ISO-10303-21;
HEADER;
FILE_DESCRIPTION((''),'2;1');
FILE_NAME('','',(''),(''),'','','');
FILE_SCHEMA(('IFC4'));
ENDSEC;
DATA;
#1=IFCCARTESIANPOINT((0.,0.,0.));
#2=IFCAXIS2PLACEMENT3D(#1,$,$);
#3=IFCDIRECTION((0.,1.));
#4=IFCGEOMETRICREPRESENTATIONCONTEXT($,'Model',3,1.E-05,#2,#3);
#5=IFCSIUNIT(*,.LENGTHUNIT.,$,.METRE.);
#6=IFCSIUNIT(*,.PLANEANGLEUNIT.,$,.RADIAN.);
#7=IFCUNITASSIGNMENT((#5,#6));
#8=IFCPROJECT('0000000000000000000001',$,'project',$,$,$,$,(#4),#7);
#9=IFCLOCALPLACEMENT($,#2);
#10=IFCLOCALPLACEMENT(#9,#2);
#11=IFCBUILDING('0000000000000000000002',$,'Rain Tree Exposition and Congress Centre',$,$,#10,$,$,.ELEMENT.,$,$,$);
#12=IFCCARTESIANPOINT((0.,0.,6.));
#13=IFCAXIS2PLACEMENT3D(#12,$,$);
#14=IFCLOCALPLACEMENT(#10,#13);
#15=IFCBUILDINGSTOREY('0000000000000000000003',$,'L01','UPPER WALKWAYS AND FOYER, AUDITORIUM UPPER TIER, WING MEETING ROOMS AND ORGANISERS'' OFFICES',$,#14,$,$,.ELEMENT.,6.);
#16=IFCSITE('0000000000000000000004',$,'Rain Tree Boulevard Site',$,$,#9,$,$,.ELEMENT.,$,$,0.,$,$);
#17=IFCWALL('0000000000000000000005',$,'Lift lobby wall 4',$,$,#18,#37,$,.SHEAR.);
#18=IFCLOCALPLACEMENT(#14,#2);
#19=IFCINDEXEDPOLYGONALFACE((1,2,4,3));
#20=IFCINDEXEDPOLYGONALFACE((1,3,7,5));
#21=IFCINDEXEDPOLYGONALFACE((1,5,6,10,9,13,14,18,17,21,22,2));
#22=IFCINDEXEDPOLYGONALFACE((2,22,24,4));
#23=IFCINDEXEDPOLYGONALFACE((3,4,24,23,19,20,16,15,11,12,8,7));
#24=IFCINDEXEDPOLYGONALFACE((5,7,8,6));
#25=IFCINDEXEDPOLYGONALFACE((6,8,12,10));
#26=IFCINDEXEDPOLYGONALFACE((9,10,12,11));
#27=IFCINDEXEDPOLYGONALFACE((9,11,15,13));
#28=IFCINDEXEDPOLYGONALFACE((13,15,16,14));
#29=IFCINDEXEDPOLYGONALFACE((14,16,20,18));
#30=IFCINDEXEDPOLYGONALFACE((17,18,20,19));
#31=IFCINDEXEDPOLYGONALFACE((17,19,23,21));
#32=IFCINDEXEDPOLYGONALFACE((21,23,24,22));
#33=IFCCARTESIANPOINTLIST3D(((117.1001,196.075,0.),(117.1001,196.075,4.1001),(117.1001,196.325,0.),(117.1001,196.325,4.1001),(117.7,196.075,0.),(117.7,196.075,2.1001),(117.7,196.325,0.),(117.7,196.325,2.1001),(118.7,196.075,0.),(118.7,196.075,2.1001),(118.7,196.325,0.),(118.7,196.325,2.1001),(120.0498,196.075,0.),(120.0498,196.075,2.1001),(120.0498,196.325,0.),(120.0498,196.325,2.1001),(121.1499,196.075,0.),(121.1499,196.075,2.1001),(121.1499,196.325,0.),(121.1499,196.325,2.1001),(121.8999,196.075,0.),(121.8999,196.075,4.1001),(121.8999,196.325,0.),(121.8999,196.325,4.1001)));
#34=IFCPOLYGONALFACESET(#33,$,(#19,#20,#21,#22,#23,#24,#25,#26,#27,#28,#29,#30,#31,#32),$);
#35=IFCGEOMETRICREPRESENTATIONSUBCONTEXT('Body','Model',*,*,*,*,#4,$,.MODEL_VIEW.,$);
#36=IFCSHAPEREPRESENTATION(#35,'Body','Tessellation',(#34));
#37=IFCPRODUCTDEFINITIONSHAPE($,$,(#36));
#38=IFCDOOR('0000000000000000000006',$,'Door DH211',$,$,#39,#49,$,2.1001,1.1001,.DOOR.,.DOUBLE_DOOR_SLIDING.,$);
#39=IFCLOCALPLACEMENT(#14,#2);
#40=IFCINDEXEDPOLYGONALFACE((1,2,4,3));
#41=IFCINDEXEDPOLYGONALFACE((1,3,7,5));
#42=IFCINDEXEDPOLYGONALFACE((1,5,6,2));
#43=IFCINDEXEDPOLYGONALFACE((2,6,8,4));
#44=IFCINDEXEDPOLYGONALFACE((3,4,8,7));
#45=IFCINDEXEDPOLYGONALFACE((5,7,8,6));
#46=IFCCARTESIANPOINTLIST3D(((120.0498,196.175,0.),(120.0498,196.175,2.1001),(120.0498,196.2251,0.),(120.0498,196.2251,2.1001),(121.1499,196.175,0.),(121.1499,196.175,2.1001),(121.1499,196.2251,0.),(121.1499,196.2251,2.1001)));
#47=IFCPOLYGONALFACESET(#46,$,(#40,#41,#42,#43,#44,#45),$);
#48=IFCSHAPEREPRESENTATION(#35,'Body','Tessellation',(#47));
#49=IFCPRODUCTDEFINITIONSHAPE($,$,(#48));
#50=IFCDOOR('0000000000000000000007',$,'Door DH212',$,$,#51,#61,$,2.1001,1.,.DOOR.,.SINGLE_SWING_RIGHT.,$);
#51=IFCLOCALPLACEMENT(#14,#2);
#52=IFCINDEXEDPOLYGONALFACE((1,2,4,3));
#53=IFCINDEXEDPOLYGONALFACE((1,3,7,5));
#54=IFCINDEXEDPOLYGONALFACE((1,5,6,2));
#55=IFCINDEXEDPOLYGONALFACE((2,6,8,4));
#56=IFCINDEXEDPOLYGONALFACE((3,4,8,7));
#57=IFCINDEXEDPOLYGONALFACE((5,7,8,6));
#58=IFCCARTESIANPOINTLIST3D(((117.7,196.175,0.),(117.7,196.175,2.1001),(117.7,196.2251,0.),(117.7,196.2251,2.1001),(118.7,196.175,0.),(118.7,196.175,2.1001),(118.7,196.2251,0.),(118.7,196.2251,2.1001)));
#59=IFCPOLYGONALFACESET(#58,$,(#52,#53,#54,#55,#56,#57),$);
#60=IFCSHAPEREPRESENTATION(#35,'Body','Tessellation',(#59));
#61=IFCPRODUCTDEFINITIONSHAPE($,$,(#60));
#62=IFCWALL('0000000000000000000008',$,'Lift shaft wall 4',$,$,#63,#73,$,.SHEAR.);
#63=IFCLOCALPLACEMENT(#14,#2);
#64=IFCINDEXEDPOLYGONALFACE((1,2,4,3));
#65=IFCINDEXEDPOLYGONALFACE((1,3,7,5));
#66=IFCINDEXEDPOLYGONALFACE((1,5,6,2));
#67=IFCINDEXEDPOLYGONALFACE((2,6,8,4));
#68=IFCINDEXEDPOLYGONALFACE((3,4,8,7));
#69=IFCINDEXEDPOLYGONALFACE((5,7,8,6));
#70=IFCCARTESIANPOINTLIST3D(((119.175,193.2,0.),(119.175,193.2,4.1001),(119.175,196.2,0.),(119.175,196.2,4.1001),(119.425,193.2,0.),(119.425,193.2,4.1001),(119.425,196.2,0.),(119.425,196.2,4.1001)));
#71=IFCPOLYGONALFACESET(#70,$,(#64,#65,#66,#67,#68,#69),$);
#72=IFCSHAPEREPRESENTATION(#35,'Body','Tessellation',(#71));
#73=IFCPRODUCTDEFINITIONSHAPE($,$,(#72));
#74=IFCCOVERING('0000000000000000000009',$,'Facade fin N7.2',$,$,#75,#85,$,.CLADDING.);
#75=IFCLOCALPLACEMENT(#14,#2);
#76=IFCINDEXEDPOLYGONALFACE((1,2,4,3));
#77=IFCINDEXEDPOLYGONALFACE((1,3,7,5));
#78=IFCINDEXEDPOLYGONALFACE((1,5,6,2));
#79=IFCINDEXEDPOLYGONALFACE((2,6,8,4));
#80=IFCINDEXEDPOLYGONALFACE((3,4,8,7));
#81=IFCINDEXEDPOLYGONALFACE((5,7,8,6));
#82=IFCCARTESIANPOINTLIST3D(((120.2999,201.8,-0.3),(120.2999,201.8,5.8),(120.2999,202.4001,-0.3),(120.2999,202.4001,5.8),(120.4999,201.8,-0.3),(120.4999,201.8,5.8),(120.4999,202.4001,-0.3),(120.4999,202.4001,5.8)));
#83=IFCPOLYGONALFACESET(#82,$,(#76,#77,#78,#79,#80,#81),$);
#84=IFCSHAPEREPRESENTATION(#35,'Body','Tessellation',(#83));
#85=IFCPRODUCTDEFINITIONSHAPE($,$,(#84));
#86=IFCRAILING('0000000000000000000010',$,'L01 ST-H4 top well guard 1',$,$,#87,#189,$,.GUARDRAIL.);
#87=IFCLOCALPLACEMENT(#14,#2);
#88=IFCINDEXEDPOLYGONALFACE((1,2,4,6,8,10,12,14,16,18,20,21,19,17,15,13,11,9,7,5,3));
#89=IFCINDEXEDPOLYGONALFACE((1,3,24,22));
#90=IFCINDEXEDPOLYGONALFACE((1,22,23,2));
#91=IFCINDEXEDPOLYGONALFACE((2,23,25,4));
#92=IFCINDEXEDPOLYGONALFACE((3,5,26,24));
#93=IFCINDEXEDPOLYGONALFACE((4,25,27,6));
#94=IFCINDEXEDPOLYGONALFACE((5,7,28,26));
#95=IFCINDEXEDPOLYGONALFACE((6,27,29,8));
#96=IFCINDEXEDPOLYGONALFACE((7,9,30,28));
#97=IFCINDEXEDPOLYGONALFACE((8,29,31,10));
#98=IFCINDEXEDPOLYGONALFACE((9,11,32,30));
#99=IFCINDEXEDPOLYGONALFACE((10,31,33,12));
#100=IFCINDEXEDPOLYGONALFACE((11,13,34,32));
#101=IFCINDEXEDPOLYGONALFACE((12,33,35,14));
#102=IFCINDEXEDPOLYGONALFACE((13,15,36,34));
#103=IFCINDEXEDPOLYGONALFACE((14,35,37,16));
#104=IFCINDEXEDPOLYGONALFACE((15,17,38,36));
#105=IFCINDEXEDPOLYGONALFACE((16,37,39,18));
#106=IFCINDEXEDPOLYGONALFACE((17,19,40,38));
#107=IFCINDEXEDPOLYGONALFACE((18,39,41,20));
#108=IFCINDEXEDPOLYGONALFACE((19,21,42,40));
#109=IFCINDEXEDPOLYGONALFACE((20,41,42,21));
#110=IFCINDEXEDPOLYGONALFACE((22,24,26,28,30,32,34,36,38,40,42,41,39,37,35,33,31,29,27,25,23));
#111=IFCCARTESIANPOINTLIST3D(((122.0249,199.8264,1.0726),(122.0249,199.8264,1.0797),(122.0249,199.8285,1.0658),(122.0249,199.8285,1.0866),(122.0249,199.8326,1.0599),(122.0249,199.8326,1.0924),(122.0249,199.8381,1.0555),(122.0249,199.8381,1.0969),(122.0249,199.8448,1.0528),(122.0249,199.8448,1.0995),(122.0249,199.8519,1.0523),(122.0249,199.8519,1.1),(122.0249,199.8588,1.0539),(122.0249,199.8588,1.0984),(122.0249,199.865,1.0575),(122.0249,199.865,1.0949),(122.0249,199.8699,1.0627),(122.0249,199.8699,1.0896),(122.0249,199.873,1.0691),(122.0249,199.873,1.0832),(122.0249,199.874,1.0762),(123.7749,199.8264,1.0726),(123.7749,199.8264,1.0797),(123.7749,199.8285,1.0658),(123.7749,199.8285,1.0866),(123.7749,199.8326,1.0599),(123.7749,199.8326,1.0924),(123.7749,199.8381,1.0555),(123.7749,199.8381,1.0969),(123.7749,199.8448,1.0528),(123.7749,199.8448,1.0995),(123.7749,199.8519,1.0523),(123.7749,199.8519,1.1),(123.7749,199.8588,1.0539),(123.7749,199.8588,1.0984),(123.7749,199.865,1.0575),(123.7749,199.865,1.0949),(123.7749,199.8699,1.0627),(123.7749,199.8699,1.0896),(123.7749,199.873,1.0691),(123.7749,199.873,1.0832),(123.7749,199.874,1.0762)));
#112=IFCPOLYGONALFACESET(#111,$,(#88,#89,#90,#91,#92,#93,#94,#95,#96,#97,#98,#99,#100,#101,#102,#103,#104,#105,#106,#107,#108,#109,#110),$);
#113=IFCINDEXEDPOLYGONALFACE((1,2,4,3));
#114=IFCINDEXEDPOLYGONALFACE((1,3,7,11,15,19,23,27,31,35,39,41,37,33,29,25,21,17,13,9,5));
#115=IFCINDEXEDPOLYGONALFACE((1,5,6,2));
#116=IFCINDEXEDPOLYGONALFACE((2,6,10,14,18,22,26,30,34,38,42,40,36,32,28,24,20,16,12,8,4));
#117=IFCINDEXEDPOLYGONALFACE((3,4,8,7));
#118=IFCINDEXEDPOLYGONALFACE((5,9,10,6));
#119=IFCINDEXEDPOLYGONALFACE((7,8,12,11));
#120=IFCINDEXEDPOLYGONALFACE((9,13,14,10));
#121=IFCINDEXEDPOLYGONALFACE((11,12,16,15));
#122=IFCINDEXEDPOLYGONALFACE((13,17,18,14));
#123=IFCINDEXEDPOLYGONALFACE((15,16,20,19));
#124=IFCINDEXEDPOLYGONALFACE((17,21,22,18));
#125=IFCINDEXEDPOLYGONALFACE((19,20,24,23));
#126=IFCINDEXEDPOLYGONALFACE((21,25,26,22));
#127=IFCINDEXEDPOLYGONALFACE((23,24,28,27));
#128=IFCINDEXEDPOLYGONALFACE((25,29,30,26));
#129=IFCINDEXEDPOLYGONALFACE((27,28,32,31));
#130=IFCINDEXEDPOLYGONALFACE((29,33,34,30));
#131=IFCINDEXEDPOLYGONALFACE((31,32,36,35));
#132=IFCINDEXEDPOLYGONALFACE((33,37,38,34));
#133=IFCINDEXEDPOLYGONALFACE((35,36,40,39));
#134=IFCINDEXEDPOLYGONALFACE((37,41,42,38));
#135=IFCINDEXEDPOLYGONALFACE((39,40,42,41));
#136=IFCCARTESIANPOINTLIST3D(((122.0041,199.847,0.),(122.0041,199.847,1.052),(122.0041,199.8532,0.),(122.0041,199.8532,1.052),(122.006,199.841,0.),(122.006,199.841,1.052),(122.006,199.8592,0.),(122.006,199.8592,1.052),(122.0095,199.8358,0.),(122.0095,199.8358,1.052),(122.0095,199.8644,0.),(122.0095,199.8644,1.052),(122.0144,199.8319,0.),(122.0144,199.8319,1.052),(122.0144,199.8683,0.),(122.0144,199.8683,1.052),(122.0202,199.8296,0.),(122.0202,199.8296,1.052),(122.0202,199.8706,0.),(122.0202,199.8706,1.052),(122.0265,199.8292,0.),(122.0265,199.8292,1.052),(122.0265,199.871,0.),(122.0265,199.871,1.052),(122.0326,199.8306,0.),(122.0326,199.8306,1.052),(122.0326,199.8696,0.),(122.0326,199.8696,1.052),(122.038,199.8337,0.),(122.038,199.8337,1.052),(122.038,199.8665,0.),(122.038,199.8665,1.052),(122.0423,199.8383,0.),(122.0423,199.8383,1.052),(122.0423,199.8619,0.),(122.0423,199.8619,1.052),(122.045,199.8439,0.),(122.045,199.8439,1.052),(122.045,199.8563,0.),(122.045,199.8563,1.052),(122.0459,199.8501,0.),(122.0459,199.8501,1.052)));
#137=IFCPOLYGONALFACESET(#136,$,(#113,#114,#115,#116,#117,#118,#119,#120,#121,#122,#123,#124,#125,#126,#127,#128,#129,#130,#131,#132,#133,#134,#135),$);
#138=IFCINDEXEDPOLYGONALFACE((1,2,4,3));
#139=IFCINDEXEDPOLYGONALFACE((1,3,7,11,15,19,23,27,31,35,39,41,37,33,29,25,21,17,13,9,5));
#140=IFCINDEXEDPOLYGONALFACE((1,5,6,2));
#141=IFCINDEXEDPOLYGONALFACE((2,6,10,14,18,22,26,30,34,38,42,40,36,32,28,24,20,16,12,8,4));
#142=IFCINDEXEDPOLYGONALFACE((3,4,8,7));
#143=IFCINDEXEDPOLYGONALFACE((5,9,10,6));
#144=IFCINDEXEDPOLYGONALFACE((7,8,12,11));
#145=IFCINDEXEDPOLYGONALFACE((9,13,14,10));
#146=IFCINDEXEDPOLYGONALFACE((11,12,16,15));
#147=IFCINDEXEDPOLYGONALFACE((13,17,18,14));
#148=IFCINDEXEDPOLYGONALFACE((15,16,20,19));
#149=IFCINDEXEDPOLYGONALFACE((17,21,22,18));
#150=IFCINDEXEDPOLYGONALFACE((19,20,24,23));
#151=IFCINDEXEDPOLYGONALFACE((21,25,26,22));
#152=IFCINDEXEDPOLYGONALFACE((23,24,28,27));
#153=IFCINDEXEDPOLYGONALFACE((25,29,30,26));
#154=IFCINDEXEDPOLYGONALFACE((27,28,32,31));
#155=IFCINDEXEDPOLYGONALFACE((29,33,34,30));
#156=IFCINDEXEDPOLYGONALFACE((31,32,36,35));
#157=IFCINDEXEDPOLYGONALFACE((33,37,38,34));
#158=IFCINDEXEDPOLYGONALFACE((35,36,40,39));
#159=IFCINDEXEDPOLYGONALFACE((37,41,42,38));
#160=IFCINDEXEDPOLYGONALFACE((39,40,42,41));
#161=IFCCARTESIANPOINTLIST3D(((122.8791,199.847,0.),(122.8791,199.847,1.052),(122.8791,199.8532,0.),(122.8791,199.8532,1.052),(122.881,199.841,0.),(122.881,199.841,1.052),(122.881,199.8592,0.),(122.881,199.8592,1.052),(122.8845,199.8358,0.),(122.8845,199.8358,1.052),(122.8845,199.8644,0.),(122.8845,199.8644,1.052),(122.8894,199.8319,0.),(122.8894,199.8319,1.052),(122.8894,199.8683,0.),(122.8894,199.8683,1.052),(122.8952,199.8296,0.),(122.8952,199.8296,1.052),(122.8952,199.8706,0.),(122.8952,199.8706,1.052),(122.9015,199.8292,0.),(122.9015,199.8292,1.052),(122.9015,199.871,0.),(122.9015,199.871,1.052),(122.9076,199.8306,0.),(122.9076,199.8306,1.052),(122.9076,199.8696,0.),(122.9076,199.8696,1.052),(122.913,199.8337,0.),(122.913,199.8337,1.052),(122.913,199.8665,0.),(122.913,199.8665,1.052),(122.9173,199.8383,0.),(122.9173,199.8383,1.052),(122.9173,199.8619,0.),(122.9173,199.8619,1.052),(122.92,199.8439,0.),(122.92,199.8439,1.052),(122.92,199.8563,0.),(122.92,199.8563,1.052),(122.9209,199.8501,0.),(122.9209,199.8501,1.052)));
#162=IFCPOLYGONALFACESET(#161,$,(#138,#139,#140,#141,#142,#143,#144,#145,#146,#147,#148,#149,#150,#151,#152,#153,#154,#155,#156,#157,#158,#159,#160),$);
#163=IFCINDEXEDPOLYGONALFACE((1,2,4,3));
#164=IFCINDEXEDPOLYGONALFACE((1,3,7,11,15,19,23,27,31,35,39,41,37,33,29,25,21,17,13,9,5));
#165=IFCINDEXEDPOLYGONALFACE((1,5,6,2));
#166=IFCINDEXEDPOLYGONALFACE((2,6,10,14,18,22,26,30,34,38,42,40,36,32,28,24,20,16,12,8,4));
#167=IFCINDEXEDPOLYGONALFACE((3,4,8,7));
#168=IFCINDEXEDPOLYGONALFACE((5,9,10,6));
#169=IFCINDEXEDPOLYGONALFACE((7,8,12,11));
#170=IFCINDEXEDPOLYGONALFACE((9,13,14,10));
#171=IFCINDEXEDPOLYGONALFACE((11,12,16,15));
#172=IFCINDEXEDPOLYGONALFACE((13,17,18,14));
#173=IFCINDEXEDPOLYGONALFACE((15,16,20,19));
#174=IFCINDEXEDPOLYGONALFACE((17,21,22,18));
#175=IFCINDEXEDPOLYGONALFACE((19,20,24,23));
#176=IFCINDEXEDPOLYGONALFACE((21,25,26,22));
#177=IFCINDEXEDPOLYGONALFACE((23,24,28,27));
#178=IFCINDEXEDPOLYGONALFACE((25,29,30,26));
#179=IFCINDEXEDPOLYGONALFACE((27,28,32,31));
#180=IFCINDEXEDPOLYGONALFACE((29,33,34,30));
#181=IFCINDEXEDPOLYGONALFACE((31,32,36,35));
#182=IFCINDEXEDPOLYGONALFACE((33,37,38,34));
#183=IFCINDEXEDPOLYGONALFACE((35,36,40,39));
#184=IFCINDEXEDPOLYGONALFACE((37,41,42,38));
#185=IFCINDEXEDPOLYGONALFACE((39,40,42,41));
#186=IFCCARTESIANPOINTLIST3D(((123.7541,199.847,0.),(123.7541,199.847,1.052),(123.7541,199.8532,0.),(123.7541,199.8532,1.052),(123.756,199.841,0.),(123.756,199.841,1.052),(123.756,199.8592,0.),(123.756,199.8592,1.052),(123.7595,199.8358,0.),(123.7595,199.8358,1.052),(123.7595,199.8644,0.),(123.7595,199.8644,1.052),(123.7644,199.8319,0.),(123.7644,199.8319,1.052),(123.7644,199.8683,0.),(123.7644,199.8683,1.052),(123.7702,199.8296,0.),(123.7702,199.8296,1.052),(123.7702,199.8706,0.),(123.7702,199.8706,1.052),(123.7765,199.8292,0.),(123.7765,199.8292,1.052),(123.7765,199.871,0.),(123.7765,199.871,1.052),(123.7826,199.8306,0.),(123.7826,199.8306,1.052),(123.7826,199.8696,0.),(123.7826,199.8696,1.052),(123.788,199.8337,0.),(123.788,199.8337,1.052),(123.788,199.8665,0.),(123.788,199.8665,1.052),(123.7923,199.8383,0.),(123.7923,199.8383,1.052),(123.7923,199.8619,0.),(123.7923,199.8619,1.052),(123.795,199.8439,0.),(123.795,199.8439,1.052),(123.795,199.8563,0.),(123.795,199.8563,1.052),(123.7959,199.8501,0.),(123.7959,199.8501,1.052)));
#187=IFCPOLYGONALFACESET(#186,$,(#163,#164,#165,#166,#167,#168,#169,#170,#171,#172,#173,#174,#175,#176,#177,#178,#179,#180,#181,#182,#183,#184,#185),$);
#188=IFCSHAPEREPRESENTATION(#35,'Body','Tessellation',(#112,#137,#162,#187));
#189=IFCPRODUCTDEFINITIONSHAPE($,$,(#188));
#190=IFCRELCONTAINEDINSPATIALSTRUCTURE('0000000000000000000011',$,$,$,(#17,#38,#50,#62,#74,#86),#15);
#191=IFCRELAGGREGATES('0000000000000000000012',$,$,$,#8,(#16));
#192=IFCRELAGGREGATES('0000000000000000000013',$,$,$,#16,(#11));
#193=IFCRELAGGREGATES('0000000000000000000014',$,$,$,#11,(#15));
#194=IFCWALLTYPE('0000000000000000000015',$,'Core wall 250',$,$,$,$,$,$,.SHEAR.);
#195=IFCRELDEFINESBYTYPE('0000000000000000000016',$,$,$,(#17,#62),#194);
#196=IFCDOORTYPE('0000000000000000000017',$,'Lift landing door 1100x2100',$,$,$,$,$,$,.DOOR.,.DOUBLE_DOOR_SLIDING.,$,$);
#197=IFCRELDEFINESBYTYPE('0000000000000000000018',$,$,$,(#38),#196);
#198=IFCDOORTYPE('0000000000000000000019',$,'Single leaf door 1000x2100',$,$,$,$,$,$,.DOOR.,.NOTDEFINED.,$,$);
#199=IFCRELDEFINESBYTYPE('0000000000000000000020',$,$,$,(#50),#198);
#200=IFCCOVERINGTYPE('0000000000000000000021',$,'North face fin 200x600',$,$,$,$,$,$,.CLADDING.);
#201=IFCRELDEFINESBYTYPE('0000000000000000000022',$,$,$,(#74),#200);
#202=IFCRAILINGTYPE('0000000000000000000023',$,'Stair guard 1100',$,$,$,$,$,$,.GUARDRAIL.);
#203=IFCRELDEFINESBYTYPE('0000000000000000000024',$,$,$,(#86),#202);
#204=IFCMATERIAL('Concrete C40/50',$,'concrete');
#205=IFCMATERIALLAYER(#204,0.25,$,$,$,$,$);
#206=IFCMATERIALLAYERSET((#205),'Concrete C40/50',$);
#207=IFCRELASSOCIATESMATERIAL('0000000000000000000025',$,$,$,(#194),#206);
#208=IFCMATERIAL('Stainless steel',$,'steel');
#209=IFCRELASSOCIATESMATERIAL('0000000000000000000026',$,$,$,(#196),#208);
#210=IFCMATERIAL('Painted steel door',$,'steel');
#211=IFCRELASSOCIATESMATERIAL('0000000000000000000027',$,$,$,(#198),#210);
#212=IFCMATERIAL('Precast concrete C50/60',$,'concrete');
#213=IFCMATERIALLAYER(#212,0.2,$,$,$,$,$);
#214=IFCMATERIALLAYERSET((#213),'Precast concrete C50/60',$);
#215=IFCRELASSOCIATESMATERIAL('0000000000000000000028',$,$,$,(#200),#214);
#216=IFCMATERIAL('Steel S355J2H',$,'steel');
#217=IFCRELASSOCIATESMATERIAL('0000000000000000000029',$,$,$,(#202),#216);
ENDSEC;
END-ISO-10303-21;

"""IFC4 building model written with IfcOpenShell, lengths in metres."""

from ifc_helpers import new_model, si_unit, direction, frame, frame_2d, origin, origin_2d, place, context, subcontext, project, spatial, rectangle, circle, extrude, material, layer, layer_set, type_object, element, fill, save


model = new_model("IFC4")

# Units and contexts
model_context = context("Model", 3, precision=1e-05, world=origin(), true_north=direction((0.0, 1.0)))
body_context = subcontext(model_context, "Body", "Model", "MODEL_VIEW")
ifc_project = project(units=[si_unit("LENGTHUNIT", "METRE"), si_unit("PLANEANGLEUNIT", "RADIAN")], contexts=[model_context])

# Site, building, storey
site_placement = place(None, origin())
site = spatial("IfcSite", under=ifc_project, at=site_placement, Name="Rain Tree Boulevard Site", CompositionType="ELEMENT", RefElevation=0.0)
building_placement = place(site_placement, origin())
building = spatial("IfcBuilding", under=site, at=building_placement, Name="Rain Tree Exposition and Congress Centre", CompositionType="ELEMENT")
storey_placement = place(building_placement, frame((0.0, 0.0, 6.0)))
storey = spatial("IfcBuildingStorey", under=building, at=storey_placement, Name="L01", Description="UPPER WALKWAYS AND FOYER, AUDITORIUM UPPER TIER, WING MEETING ROOMS AND ORGANISERS' OFFICES", CompositionType="ELEMENT", Elevation=6.0)

# Shared definitions
ifc_material_1 = material(Name="Concrete C40/50", Category="concrete")
ifc_layer_1 = layer(ifc_material_1, 0.25)
ifc_layer_set_1 = layer_set([ifc_layer_1], Name="Concrete C40/50")
wall_type_1 = type_object("IfcWallType", Name="Core wall 250", PredefinedType="SHEAR", material=ifc_layer_set_1)

# Wall, openings, doors
wall_1_placement = place(storey_placement, frame((121.8999, 196.2, 0.0), z_axis=(0.0, 0.0, 1.0), x_axis=(-1.0, 0.0, 0.0)))
wall_1 = element("IfcWall", 1, at=wall_1_placement, inside=storey, type_object=wall_type_1, Name="Lift lobby wall 4", PredefinedType="SHEAR", context=body_context, shape_type="SweptSolid", body=[
    extrude(rectangle(XDim=4.7998, YDim=0.25, at=frame_2d((2.3999, 0.0))), origin(), (0.0, 0.0, 1.0), 4.1001),
])
opening_1_placement = place(wall_1_placement, frame((0.75, 0.0, 0.0)))
opening_1 = element("IfcOpeningElement", 2, at=opening_1_placement, cuts=wall_1, PredefinedType="OPENING", context=body_context, shape_type="SweptSolid", body=[
    extrude(rectangle(XDim=1.1001, YDim=2.1001, at=frame_2d((0.55, 1.05))), frame((0.0, 0.125, 0.0), z_axis=(0.0, -1.0, 0.0), x_axis=(1.0, 0.0, 0.0)), (0.0, 0.0, 1.0), 0.25),
])
opening_2_placement = place(wall_1_placement, frame((3.2, 0.0, 0.0)))
opening_2 = element("IfcOpeningElement", 3, at=opening_2_placement, cuts=wall_1, PredefinedType="OPENING", context=body_context, shape_type="SweptSolid", body=[
    extrude(rectangle(XDim=1.0, YDim=2.1001, at=frame_2d((0.5, 1.05))), frame((0.0, 0.125, 0.0), z_axis=(0.0, -1.0, 0.0), x_axis=(1.0, 0.0, 0.0)), (0.0, 0.0, 1.0), 0.25),
])
ifc_material_2 = material(Name="Stainless steel", Category="steel")
door_type_1 = type_object("IfcDoorType", Name="Lift landing door 1100x2100", OperationType="DOUBLE_DOOR_SLIDING", PredefinedType="DOOR", material=ifc_material_2)
door_1_placement = place(opening_1_placement, origin())
door_1 = element("IfcDoor", 4, at=door_1_placement, inside=storey, type_object=door_type_1, Name="Door DH211", OperationType="DOUBLE_DOOR_SLIDING", OverallHeight=2.1001, OverallWidth=1.1001, PredefinedType="DOOR", context=body_context, shape_type="SweptSolid", body=[
    extrude(rectangle(XDim=1.1001, YDim=2.1001, at=frame_2d((0.55, 1.05))), frame((0.0, 0.0249, 0.0), z_axis=(0.0, -1.0, 0.0), x_axis=(1.0, 0.0, 0.0)), (0.0, 0.0, 1.0), 0.05),
])
fill(opening_1, door_1)
ifc_material_3 = material(Name="Painted steel door", Category="steel")
door_type_2 = type_object("IfcDoorType", Name="Single leaf door 1000x2100", OperationType="NOTDEFINED", PredefinedType="DOOR", material=ifc_material_3)
door_2_placement = place(opening_2_placement, origin())
door_2 = element("IfcDoor", 5, at=door_2_placement, inside=storey, type_object=door_type_2, Name="Door DH212", OperationType="SINGLE_SWING_RIGHT", OverallHeight=2.1001, OverallWidth=1.0, PredefinedType="DOOR", context=body_context, shape_type="SweptSolid", body=[
    extrude(rectangle(XDim=1.0, YDim=2.1001, at=frame_2d((0.5, 1.05))), frame((0.0, 0.0249, 0.0), z_axis=(0.0, -1.0, 0.0), x_axis=(1.0, 0.0, 0.0)), (0.0, 0.0, 1.0), 0.05),
])
fill(opening_2, door_2)

# Wall
wall_2_placement = place(storey_placement, frame((119.3, 196.2, 0.0), z_axis=(0.0, 0.0, 1.0), x_axis=(0.0, -1.0, 0.0)))
element("IfcWall", 6, at=wall_2_placement, inside=storey, type_object=wall_type_1, Name="Lift shaft wall 4", PredefinedType="SHEAR", context=body_context, shape_type="SweptSolid", body=[
    extrude(rectangle(XDim=3.0, YDim=0.25, at=frame_2d((1.5, 0.0))), origin(), (0.0, 0.0, 1.0), 4.1001),
])

# Covering
ifc_material_4 = material(Name="Precast concrete C50/60", Category="concrete")
ifc_layer_2 = layer(ifc_material_4, 0.2)
ifc_layer_set_2 = layer_set([ifc_layer_2], Name="Precast concrete C50/60")
covering_type = type_object("IfcCoveringType", Name="North face fin 200x600", PredefinedType="CLADDING", material=ifc_layer_set_2)
covering_placement = place(storey_placement, frame((120.3999, 202.1001, -0.3), z_axis=(0.0, 0.0, 1.0), x_axis=(1.0, 0.0, 0.0)))
element("IfcCovering", 7, at=covering_placement, inside=storey, type_object=covering_type, Name="Facade fin N7.2", PredefinedType="CLADDING", context=body_context, shape_type="SweptSolid", body=[
    extrude(rectangle(XDim=0.2, YDim=0.6001, at=origin_2d()), origin(), (0.0, 0.0, 1.0), 6.1001),
])

# Railing
ifc_material_5 = material(Name="Steel S355J2H", Category="steel")
railing_type = type_object("IfcRailingType", Name="Stair guard 1100", PredefinedType="GUARDRAIL", material=ifc_material_5)
railing_placement = place(storey_placement, frame((122.0249, 199.8501, 0.0)))
element("IfcRailing", 8, at=railing_placement, inside=storey, type_object=railing_type, Name="L01 ST-H4 top well guard 1", PredefinedType="GUARDRAIL", context=body_context, shape_type="SweptSolid", body=[
    extrude(circle(Radius=0.0239, at=origin_2d()), frame((0.0, 0.0, 1.0762), z_axis=(1.0, 0.0, 0.0), x_axis=(0.0, 1.0, 0.0)), (0.0, 0.0, 1.0), 1.75),
    extrude(circle(Radius=0.021, at=origin_2d()), origin(), (0.0, 0.0, 1.0), 1.052),
    extrude(circle(Radius=0.021, at=origin_2d()), frame((0.875, 0.0, 0.0)), (0.0, 0.0, 1.0), 1.052),
    extrude(circle(Radius=0.021, at=origin_2d()), frame((1.75, 0.0, 0.0)), (0.0, 0.0, 1.0), 1.052),
])

save(model, "model.ifc")
